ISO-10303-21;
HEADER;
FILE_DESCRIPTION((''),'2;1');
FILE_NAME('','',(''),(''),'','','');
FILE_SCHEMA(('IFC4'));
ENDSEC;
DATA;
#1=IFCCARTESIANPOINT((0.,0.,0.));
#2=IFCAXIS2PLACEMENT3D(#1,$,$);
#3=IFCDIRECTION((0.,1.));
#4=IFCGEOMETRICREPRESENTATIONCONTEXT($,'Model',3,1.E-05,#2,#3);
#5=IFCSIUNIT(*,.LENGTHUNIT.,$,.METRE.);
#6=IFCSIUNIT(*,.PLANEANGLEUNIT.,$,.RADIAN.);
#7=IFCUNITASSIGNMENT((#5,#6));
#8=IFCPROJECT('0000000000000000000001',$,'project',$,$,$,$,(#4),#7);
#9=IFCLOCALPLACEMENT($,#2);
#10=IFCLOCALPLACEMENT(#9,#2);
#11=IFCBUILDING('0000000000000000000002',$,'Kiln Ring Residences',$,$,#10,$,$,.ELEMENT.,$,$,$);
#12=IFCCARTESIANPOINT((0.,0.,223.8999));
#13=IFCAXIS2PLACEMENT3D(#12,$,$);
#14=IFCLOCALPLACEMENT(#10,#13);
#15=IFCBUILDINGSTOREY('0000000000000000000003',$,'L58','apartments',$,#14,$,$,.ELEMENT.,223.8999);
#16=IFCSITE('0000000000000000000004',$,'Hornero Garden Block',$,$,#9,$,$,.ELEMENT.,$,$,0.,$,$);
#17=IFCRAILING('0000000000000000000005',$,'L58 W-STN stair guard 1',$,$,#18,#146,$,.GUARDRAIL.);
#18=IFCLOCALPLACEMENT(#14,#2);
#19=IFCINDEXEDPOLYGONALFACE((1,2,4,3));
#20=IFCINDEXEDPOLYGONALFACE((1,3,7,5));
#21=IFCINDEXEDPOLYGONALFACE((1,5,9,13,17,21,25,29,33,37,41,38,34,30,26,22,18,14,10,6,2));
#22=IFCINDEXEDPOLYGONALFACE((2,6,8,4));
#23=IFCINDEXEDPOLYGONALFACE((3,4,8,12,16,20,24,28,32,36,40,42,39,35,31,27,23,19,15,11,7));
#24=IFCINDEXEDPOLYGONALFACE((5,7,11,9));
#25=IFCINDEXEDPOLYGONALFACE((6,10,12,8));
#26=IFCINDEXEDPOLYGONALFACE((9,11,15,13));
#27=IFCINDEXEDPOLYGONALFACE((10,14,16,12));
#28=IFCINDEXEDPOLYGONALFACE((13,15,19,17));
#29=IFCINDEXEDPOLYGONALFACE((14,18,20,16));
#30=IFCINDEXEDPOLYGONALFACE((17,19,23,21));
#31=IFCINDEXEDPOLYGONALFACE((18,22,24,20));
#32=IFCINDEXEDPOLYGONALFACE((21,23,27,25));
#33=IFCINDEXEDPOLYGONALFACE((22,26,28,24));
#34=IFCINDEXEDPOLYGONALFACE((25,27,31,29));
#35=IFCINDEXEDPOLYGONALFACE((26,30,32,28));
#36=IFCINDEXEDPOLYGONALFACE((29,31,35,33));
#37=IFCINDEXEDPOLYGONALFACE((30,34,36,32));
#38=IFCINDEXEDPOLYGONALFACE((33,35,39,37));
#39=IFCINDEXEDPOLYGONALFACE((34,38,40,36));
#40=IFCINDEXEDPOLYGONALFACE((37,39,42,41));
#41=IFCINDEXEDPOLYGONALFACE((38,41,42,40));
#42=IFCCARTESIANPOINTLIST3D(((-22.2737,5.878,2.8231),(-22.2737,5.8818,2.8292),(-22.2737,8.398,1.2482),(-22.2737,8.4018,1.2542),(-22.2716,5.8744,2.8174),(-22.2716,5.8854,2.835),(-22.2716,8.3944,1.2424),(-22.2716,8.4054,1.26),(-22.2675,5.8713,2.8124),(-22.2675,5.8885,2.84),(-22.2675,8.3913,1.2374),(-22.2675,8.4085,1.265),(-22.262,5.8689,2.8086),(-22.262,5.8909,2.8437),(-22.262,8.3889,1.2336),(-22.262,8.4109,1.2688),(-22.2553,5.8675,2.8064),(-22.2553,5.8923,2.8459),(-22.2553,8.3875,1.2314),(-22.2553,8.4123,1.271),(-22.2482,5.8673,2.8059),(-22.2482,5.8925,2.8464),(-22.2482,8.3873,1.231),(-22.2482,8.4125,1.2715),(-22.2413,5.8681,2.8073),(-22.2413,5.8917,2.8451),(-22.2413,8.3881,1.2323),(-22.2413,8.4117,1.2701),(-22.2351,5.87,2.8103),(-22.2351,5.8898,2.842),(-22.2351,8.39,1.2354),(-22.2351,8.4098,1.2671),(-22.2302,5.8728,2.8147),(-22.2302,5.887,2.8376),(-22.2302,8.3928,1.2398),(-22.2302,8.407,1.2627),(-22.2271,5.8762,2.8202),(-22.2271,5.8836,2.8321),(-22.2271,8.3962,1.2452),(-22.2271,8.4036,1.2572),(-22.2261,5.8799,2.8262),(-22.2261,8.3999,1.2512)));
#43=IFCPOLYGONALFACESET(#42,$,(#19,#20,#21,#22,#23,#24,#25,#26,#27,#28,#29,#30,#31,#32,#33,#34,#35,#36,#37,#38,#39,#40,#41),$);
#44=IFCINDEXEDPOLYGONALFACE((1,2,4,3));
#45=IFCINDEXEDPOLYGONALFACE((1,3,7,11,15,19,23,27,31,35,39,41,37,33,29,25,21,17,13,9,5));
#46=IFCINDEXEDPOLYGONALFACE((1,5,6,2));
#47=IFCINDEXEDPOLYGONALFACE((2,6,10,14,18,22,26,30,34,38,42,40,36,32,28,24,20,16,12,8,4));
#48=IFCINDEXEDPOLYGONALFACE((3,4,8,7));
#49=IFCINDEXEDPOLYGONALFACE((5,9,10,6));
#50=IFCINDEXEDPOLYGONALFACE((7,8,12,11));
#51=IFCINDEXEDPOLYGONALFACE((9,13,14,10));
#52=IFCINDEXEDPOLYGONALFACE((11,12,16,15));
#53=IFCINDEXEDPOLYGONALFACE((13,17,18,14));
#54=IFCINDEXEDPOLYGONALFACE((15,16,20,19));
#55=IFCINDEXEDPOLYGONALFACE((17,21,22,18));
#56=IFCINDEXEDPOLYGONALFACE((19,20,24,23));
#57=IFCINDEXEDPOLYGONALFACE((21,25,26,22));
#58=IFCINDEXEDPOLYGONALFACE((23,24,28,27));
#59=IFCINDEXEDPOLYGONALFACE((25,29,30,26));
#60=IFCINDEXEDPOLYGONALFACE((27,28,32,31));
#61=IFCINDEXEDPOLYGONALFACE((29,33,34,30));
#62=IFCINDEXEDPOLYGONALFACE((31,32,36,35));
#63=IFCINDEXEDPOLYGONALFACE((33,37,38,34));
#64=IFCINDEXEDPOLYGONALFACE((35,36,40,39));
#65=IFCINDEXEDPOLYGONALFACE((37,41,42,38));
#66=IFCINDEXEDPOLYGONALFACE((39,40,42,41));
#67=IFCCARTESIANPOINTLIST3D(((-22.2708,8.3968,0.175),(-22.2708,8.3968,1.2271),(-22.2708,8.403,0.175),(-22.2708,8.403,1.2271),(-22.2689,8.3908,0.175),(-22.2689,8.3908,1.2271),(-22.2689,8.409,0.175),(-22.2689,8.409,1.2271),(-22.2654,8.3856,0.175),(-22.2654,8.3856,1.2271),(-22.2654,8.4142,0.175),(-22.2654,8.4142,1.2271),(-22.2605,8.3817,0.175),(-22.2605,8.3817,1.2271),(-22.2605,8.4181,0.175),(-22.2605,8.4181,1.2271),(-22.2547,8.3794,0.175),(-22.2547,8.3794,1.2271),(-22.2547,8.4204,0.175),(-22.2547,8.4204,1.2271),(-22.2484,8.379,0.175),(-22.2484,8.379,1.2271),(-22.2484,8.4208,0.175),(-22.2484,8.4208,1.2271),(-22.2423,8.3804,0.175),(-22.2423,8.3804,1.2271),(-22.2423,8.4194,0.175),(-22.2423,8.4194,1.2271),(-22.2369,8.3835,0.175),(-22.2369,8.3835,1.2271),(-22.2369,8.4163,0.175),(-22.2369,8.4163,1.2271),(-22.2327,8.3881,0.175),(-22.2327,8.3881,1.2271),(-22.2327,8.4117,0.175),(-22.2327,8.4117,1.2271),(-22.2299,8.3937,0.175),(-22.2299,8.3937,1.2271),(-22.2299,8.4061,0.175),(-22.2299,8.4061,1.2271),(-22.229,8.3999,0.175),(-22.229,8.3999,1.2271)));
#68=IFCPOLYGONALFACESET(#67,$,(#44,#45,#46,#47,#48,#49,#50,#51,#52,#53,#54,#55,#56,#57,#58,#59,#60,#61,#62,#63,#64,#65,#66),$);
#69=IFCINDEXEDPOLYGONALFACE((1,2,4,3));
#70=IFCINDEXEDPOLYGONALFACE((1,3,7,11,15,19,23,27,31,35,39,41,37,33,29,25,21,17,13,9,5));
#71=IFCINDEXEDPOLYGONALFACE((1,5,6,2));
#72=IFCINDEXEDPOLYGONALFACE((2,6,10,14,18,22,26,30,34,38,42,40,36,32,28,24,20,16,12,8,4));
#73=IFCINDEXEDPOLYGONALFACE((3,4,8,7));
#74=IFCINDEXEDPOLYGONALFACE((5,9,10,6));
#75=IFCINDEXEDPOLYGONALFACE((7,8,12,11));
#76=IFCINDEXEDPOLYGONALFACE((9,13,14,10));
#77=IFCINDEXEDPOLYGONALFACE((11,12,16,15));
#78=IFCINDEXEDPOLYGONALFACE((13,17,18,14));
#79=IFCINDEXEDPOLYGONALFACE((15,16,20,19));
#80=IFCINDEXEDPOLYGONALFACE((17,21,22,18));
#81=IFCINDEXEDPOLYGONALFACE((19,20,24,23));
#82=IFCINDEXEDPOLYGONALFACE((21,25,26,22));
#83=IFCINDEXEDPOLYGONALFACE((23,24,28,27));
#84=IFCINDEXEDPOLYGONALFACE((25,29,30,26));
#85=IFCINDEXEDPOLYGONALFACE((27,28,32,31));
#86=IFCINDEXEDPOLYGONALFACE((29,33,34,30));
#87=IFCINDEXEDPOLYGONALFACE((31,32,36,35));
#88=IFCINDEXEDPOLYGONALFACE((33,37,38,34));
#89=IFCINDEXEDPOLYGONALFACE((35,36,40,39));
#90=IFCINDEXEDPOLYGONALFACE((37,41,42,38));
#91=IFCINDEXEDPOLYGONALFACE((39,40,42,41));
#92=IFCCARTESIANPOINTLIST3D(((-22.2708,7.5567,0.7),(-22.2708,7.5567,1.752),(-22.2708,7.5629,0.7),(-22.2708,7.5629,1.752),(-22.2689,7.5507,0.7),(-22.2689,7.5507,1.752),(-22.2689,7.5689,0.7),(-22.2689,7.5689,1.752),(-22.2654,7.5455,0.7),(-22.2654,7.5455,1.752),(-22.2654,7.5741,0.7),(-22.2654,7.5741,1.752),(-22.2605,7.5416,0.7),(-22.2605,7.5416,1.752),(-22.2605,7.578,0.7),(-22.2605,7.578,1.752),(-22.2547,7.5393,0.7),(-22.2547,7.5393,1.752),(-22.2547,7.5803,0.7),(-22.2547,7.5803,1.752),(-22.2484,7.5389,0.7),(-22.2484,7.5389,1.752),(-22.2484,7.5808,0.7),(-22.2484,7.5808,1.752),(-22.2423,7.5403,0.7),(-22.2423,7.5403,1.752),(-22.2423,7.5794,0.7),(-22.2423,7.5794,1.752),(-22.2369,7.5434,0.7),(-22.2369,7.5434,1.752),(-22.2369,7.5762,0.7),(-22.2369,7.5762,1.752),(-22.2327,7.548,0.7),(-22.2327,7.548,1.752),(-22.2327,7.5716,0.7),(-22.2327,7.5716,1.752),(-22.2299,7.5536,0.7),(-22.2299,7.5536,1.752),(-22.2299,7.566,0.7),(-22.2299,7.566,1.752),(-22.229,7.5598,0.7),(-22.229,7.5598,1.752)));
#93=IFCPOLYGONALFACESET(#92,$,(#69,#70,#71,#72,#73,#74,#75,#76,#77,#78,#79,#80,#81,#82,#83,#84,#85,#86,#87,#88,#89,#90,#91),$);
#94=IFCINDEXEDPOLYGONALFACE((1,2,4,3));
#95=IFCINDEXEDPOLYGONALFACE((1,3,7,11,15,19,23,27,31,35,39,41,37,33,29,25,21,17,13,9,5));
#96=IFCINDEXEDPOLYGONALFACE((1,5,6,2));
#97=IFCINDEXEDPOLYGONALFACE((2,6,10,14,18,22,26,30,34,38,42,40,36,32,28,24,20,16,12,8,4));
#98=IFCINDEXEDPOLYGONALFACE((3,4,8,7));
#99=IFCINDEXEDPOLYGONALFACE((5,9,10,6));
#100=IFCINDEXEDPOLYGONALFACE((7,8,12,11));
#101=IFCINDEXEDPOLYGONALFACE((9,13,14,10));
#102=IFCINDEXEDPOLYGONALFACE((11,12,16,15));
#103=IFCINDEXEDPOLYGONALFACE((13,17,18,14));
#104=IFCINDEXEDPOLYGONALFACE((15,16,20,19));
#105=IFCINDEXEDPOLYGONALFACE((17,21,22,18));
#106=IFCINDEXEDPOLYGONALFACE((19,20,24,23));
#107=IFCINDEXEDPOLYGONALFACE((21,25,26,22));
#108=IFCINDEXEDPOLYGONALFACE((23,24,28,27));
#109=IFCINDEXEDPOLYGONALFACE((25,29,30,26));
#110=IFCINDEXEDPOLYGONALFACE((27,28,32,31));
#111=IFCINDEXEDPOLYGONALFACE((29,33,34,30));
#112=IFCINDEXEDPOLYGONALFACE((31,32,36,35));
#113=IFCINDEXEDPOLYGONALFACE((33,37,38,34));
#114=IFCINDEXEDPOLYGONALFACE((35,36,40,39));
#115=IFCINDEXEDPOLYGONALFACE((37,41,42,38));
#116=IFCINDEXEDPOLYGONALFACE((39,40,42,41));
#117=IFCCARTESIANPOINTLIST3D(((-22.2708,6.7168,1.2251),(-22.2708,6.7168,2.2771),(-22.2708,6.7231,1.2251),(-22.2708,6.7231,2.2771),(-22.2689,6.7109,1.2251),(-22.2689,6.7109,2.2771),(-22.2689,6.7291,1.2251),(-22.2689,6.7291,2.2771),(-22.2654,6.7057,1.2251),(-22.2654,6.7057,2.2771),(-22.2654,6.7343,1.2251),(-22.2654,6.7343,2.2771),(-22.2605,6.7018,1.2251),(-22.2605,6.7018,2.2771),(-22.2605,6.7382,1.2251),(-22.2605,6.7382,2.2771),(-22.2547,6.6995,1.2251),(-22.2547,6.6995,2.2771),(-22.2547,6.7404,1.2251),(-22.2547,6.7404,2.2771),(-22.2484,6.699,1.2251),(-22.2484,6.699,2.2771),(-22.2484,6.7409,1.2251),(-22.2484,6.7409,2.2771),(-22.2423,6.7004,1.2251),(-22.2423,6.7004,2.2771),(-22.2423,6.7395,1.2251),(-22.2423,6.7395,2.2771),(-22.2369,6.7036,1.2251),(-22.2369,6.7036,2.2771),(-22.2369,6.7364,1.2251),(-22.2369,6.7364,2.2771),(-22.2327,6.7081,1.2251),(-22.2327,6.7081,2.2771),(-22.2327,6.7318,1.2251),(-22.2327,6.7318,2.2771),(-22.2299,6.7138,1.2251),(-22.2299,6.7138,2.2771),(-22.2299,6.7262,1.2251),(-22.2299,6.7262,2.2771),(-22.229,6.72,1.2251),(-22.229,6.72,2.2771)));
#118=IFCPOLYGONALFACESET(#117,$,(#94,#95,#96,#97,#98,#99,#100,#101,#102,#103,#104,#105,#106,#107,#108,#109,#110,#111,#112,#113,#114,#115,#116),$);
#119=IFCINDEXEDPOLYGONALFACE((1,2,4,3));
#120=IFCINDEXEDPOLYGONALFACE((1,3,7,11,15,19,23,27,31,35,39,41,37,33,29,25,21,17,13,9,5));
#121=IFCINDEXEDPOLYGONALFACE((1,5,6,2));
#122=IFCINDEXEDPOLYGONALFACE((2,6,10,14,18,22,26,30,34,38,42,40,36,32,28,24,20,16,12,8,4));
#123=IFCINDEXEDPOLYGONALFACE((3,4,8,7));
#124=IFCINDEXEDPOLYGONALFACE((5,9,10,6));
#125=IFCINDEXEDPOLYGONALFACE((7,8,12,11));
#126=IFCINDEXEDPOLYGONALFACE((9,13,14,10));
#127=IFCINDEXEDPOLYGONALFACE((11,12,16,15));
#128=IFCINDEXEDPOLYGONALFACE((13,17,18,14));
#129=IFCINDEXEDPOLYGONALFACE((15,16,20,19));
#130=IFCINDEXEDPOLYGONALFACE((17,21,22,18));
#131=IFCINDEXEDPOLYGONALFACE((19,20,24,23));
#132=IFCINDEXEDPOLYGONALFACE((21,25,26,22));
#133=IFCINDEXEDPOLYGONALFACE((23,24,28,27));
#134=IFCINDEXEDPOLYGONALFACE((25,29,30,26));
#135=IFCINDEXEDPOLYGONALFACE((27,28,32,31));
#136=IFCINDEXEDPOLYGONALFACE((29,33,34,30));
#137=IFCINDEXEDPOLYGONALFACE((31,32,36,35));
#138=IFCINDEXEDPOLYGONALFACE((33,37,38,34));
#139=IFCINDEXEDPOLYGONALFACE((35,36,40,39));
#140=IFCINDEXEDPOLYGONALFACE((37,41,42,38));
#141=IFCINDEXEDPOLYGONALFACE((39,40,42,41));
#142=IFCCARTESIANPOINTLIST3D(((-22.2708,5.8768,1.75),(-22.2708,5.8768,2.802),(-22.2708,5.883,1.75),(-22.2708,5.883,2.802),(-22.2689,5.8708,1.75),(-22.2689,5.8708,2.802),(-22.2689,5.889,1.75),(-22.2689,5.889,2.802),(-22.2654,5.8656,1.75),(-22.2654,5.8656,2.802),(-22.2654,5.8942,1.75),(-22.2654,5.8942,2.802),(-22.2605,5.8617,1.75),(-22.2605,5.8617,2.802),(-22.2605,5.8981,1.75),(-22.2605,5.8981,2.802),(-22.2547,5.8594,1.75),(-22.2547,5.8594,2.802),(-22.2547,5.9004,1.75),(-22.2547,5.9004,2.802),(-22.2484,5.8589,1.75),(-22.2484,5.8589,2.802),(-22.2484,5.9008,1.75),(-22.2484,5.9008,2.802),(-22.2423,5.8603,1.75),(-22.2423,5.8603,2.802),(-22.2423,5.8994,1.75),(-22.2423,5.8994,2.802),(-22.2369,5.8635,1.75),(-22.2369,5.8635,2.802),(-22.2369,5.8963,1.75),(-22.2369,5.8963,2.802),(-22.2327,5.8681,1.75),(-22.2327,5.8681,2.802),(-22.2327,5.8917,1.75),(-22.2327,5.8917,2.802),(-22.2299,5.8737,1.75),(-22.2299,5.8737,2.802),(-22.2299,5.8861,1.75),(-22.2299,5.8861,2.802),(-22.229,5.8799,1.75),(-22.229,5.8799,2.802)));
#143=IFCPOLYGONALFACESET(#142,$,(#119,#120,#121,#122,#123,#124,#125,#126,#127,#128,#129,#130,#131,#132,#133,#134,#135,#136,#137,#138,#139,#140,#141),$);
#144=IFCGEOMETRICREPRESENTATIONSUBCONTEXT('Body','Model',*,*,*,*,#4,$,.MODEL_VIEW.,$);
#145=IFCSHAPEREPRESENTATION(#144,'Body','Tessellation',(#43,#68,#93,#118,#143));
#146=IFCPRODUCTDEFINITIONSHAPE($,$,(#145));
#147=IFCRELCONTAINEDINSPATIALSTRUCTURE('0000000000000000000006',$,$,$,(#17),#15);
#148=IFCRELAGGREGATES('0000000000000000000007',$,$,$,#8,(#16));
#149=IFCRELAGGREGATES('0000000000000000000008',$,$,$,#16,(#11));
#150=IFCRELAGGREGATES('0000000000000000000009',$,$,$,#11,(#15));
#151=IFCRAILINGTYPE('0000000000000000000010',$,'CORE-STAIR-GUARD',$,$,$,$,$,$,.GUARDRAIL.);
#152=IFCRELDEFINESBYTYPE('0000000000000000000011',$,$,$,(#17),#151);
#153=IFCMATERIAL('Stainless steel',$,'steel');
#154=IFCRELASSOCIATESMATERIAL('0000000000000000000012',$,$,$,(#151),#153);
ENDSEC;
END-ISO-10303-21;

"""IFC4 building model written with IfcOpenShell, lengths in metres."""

from ifc_helpers import new_model, si_unit, direction, frame, origin, origin_2d, place, context, subcontext, project, spatial, circle, extrude, material, type_object, element, save


model = new_model("IFC4")

# Units and contexts
model_context = context("Model", 3, precision=1e-05, world=origin(), true_north=direction((0.0, 1.0)))
body_context = subcontext(model_context, "Body", "Model", "MODEL_VIEW")
ifc_project = project(units=[si_unit("LENGTHUNIT", "METRE"), si_unit("PLANEANGLEUNIT", "RADIAN")], contexts=[model_context])

# Site, building, storey
site_placement = place(None, origin())
site = spatial("IfcSite", under=ifc_project, at=site_placement, Name="Hornero Garden Block", CompositionType="ELEMENT", RefElevation=0.0)
building_placement = place(site_placement, origin())
building = spatial("IfcBuilding", under=site, at=building_placement, Name="Kiln Ring Residences", CompositionType="ELEMENT")
storey_placement = place(building_placement, frame((0.0, 0.0, 223.8999)))
storey = spatial("IfcBuildingStorey", under=building, at=storey_placement, Name="L58", Description="apartments", CompositionType="ELEMENT", Elevation=223.8999)

# Railing
ifc_material_1 = material(Name="Stainless steel", Category="steel")
railing_type_1 = type_object("IfcRailingType", Name="CORE-STAIR-GUARD", PredefinedType="GUARDRAIL", material=ifc_material_1)
railing_1_placement = place(storey_placement, frame((-22.25, 8.3999, 0.175)))
element("IfcRailing", 1, at=railing_1_placement, inside=storey, type_object=railing_type_1, Name="L58 W-STN stair guard 1", PredefinedType="GUARDRAIL", context=body_context, shape_type="SweptSolid", body=[
    extrude(circle(Radius=0.0239, at=origin_2d()), frame((0.0, 0.0, 1.0762), z_axis=(0.0, -0.848008, 0.529984), x_axis=(1.0, 0.0, 0.0)), (0.0, 0.0, 1.0), 2.9717),
    extrude(circle(Radius=0.021, at=origin_2d()), origin(), (0.0, 0.0, 1.0), 1.052),
    extrude(circle(Radius=0.021, at=origin_2d()), frame((0.0, -0.8401, 0.5249)), (0.0, 0.0, 1.0), 1.052),
    extrude(circle(Radius=0.021, at=origin_2d()), frame((0.0, -1.6799, 1.05)), (0.0, 0.0, 1.0), 1.052),
    extrude(circle(Radius=0.021, at=origin_2d()), frame((0.0, -2.52, 1.575)), (0.0, 0.0, 1.0), 1.052),
])

save(model, "model.ifc")
